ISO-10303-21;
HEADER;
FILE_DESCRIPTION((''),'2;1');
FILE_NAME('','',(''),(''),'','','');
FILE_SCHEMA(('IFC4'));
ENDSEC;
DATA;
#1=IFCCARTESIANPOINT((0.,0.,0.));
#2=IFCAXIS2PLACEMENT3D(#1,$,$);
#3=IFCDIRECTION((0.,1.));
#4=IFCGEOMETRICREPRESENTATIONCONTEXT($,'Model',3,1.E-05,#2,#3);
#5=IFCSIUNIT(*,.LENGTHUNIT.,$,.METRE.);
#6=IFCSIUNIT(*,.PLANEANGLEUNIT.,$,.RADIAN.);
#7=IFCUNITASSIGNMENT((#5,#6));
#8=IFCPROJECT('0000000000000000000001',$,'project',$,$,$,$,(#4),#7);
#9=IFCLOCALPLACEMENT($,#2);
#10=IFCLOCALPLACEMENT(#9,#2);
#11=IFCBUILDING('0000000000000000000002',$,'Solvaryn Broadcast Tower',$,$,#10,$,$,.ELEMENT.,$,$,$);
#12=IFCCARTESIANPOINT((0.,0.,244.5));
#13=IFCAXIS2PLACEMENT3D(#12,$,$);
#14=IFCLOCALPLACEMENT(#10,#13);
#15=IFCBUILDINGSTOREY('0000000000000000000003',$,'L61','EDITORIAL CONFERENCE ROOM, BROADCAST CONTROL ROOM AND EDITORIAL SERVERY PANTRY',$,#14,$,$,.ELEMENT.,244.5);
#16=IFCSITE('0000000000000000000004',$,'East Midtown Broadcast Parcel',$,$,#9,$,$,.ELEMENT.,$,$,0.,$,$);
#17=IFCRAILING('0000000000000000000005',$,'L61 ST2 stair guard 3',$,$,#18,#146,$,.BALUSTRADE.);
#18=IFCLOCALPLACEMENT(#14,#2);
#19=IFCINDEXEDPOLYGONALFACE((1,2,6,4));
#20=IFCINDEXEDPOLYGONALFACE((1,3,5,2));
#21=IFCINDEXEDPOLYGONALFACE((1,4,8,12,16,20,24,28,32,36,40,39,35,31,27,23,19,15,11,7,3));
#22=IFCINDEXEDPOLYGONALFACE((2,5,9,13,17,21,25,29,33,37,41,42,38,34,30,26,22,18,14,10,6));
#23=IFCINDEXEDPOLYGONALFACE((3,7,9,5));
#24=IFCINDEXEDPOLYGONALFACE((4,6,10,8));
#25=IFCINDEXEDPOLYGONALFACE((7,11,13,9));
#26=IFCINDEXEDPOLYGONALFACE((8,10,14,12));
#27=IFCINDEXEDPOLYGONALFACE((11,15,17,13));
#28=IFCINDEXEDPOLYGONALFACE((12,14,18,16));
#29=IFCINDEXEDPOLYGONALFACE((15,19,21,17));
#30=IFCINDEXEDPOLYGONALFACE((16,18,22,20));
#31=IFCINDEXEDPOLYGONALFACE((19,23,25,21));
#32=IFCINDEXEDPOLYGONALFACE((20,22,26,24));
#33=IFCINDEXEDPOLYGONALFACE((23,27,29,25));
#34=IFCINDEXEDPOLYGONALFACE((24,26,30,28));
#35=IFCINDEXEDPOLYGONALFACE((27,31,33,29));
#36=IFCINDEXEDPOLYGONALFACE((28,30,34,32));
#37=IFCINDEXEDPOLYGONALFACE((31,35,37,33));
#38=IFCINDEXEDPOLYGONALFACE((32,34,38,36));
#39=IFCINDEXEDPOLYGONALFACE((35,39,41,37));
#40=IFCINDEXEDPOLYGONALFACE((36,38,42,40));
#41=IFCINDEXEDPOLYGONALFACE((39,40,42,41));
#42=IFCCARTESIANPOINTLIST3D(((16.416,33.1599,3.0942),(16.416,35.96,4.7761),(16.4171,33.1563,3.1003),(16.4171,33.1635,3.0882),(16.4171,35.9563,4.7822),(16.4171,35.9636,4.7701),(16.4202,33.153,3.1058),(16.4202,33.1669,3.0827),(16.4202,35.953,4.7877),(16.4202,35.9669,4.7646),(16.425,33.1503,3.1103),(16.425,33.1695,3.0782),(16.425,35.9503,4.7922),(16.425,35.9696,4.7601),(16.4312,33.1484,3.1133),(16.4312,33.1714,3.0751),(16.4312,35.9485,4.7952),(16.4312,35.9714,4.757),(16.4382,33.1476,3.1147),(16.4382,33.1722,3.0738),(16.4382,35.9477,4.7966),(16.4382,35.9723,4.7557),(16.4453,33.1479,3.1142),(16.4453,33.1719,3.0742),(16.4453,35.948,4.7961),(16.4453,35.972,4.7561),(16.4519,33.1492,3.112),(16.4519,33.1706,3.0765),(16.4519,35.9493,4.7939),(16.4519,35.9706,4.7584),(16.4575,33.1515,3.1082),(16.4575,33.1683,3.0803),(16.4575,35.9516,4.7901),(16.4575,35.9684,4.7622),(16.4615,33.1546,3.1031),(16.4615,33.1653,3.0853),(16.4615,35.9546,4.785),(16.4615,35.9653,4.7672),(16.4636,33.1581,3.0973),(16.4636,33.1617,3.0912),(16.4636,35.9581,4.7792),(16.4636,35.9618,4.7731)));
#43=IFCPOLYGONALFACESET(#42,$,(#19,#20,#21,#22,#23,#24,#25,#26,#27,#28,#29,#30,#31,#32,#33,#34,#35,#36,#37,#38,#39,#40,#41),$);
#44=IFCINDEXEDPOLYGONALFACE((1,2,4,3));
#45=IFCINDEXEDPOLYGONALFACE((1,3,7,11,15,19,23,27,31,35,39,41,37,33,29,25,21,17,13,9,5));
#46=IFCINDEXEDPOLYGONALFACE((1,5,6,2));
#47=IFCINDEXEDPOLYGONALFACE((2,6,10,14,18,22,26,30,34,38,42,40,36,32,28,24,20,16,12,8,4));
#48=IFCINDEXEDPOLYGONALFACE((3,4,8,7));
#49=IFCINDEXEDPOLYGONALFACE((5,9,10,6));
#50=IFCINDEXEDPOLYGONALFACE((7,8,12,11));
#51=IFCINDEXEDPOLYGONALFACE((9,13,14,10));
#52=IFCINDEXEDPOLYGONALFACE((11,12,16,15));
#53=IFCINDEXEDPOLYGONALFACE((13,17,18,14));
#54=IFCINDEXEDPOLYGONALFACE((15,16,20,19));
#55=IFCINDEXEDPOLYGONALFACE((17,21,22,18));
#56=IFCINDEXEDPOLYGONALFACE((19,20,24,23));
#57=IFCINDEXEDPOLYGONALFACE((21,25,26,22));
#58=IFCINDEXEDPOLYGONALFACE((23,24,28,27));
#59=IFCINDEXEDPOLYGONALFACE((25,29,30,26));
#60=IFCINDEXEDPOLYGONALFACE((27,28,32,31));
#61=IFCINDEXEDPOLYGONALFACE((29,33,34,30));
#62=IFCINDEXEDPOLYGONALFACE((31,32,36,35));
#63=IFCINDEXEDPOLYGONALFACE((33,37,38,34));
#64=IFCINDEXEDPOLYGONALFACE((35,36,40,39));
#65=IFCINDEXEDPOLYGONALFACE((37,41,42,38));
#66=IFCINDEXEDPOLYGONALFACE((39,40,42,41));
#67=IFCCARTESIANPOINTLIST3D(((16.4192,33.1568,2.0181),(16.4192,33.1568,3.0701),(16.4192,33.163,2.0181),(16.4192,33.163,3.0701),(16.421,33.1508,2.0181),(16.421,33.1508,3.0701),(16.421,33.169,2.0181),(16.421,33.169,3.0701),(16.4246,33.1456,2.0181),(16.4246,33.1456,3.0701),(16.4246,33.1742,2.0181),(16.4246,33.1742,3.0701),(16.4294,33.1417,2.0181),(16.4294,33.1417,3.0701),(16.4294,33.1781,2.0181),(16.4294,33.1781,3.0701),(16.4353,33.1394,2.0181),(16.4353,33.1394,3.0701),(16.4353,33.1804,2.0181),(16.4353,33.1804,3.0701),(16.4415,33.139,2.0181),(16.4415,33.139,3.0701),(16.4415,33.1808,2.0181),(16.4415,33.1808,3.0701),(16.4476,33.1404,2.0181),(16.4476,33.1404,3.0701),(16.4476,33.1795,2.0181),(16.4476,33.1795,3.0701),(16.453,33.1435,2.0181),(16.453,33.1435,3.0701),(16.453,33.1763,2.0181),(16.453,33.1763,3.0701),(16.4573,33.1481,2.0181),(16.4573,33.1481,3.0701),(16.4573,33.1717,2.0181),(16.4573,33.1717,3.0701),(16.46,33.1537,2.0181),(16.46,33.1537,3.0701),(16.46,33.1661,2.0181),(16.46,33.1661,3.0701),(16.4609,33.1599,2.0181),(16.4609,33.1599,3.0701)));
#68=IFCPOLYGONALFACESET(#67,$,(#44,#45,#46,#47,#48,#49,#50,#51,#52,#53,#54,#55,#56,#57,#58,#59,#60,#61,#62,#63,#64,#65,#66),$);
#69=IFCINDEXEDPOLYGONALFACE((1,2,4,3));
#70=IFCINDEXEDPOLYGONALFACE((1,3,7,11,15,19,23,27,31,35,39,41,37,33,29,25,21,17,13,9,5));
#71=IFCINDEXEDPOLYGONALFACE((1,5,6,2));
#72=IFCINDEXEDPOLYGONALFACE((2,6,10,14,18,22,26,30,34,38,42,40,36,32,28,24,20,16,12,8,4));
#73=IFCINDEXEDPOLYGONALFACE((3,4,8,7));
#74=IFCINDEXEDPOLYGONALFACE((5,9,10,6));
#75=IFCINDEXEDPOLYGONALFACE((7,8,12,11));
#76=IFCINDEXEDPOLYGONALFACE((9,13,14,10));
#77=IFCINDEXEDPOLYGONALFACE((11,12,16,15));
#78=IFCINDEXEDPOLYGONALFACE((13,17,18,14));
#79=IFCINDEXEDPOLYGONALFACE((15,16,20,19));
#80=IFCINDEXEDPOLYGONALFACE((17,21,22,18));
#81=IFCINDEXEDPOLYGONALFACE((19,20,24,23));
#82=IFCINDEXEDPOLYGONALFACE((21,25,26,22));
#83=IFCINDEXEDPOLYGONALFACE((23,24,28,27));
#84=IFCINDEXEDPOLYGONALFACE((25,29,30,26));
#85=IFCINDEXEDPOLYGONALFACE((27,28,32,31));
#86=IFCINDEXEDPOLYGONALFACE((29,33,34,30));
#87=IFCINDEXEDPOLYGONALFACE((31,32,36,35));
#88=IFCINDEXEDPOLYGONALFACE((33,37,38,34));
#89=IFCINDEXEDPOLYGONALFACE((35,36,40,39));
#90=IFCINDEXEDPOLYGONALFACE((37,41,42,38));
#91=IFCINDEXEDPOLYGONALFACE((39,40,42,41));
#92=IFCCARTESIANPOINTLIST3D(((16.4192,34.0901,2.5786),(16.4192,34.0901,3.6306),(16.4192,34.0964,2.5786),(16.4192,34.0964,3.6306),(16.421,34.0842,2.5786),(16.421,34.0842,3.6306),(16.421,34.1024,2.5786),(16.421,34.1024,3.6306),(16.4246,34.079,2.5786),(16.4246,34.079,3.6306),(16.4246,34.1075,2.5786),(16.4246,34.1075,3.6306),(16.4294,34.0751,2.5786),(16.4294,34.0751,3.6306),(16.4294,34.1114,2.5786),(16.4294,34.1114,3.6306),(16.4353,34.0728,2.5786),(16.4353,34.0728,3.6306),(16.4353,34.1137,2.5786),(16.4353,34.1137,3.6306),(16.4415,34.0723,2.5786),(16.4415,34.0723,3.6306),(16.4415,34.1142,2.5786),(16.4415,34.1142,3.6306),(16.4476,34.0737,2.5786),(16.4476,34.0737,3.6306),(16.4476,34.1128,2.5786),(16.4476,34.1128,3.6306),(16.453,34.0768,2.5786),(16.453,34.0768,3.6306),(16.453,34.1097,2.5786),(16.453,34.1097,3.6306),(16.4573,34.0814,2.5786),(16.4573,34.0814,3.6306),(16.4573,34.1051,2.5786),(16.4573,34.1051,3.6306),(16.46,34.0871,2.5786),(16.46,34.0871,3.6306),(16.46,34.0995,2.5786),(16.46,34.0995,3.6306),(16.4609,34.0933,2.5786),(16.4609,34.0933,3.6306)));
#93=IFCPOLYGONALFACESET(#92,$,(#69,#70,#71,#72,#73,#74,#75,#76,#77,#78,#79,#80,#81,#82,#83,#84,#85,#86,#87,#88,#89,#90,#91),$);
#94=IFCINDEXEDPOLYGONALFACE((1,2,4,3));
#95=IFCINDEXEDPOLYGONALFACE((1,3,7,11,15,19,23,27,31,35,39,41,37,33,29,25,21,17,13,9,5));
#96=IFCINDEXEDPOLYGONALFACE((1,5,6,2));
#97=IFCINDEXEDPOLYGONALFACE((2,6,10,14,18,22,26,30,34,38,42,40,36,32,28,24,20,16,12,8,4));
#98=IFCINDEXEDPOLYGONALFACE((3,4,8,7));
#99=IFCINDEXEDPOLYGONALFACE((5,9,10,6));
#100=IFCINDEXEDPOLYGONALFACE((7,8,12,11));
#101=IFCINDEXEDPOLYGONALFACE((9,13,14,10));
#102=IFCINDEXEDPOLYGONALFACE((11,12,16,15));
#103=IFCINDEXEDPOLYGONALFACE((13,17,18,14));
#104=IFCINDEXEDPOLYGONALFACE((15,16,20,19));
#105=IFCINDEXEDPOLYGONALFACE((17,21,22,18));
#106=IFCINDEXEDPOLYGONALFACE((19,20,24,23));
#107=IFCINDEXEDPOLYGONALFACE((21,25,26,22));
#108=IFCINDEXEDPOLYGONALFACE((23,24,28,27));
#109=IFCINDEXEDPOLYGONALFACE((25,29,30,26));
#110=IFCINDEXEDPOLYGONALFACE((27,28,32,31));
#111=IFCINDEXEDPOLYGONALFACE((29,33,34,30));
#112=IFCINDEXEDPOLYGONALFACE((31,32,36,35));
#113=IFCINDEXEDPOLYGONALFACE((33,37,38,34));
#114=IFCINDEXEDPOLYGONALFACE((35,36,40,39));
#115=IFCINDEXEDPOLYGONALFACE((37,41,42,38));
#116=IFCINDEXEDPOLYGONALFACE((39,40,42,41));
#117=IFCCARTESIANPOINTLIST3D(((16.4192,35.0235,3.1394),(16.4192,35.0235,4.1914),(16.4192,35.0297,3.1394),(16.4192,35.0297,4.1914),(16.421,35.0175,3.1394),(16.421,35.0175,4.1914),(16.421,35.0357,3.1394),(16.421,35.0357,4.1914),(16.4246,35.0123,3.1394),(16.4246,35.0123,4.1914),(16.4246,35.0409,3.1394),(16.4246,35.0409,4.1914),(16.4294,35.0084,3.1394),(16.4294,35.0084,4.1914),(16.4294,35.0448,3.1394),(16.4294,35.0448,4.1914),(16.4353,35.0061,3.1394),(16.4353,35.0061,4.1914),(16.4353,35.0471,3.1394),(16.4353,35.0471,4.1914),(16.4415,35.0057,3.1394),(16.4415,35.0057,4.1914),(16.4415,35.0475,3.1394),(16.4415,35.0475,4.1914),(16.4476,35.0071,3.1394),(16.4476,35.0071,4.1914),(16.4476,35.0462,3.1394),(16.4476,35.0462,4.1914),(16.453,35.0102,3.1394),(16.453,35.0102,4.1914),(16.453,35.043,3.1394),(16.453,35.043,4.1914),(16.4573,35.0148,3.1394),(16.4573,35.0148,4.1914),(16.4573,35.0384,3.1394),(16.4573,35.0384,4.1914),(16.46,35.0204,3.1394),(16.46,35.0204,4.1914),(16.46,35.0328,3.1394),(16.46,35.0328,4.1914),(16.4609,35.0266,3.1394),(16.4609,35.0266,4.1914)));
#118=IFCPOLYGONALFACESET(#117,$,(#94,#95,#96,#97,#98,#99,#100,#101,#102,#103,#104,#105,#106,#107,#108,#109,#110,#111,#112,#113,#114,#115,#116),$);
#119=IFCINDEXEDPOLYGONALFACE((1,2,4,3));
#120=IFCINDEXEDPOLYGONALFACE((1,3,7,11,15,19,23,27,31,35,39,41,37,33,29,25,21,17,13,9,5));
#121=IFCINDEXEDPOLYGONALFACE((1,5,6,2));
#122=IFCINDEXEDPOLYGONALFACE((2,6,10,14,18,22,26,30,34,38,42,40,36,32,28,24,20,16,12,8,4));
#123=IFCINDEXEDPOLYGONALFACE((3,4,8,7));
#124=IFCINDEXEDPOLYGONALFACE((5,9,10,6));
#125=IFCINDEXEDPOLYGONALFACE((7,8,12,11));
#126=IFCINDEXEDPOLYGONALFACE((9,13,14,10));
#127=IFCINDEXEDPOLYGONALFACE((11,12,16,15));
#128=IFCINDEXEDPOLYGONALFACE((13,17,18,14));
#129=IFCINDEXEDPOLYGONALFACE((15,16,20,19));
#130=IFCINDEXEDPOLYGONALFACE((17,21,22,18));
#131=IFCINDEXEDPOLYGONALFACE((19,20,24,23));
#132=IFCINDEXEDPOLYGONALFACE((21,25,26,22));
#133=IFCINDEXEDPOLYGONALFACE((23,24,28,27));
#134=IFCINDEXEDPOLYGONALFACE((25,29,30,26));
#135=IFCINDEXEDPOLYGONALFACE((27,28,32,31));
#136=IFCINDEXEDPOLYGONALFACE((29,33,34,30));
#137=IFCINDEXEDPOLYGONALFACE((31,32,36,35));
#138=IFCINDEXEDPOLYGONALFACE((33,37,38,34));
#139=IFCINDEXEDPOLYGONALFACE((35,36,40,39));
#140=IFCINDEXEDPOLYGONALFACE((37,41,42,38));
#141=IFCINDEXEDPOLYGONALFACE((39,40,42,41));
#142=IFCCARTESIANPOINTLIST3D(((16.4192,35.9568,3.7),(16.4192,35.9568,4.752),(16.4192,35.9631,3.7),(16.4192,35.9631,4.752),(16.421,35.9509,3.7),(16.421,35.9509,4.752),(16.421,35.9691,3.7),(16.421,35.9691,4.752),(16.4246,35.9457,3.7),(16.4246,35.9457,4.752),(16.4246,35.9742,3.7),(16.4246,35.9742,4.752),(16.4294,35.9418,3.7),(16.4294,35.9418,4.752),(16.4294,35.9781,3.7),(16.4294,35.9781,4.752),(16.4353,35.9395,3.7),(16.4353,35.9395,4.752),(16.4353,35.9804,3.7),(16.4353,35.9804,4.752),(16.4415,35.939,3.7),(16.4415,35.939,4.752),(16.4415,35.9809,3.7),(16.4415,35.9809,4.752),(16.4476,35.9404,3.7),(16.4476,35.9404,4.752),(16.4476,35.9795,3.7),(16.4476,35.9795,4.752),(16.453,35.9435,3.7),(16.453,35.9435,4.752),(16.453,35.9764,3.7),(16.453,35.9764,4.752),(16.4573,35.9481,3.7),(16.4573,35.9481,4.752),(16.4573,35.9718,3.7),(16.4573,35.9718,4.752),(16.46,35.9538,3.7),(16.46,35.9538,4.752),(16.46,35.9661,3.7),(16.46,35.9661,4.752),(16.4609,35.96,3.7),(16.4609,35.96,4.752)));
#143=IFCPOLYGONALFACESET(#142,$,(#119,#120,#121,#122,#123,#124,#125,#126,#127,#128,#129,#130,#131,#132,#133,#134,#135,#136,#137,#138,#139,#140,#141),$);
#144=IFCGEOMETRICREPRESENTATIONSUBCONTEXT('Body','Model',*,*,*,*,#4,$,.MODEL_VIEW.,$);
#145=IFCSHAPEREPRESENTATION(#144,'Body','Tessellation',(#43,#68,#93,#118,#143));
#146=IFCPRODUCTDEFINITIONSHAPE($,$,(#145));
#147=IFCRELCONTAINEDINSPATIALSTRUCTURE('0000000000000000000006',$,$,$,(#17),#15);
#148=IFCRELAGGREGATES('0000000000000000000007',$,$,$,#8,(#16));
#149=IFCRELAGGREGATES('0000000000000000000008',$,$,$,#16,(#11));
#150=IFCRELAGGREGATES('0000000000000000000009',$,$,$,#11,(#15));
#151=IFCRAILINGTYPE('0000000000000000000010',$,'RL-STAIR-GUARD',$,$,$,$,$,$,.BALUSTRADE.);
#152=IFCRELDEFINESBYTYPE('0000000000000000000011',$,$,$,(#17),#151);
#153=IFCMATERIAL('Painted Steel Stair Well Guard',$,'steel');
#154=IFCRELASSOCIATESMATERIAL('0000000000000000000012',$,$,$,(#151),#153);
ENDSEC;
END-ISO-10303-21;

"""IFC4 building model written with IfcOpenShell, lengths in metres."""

from ifc_helpers import new_model, si_unit, direction, frame, origin, origin_2d, place, context, subcontext, project, spatial, circle, extrude, material, type_object, element, save


model = new_model("IFC4")

# Units and contexts
model_context = context("Model", 3, precision=1e-05, world=origin(), true_north=direction((0.0, 1.0)))
body_context = subcontext(model_context, "Body", "Model", "MODEL_VIEW")
ifc_project = project(units=[si_unit("LENGTHUNIT", "METRE"), si_unit("PLANEANGLEUNIT", "RADIAN")], contexts=[model_context])

# Site, building, storey
site_placement = place(None, origin())
site = spatial("IfcSite", under=ifc_project, at=site_placement, Name="East Midtown Broadcast Parcel", CompositionType="ELEMENT", RefElevation=0.0)
building_placement = place(site_placement, origin())
building = spatial("IfcBuilding", under=site, at=building_placement, Name="Solvaryn Broadcast Tower", CompositionType="ELEMENT")
storey_placement = place(building_placement, frame((0.0, 0.0, 244.5)))
storey = spatial("IfcBuildingStorey", under=building, at=storey_placement, Name="L61", Description="EDITORIAL CONFERENCE ROOM, BROADCAST CONTROL ROOM AND EDITORIAL SERVERY PANTRY", CompositionType="ELEMENT", Elevation=244.5)

# Railing
ifc_material_1 = material(Name="Painted Steel Stair Well Guard", Category="steel")
railing_type_1 = type_object("IfcRailingType", Name="RL-STAIR-GUARD", PredefinedType="BALUSTRADE", material=ifc_material_1)
railing_1_placement = place(storey_placement, frame((16.4399, 33.1599, 2.0181)))
element("IfcRailing", 1, at=railing_1_placement, inside=storey, type_object=railing_type_1, Name="L61 ST2 stair guard 3", PredefinedType="BALUSTRADE", context=body_context, shape_type="SweptSolid", body=[
    extrude(circle(Radius=0.0239, at=origin_2d()), frame((0.0, 0.0, 1.0762), z_axis=(0.0, 0.857242, 0.514913), x_axis=(-1.0, 0.0, 0.0)), (0.0, 0.0, 1.0), 3.2664),
    extrude(circle(Radius=0.021, at=origin_2d()), origin(), (0.0, 0.0, 1.0), 1.052),
    extrude(circle(Radius=0.021, at=origin_2d()), frame((0.0, 0.9333, 0.5605)), (0.0, 0.0, 1.0), 1.052),
    extrude(circle(Radius=0.021, at=origin_2d()), frame((0.0, 1.8667, 1.1213)), (0.0, 0.0, 1.0), 1.052),
    extrude(circle(Radius=0.021, at=origin_2d()), frame((0.0, 2.8, 1.6819)), (0.0, 0.0, 1.0), 1.052),
])

save(model, "model.ifc")
